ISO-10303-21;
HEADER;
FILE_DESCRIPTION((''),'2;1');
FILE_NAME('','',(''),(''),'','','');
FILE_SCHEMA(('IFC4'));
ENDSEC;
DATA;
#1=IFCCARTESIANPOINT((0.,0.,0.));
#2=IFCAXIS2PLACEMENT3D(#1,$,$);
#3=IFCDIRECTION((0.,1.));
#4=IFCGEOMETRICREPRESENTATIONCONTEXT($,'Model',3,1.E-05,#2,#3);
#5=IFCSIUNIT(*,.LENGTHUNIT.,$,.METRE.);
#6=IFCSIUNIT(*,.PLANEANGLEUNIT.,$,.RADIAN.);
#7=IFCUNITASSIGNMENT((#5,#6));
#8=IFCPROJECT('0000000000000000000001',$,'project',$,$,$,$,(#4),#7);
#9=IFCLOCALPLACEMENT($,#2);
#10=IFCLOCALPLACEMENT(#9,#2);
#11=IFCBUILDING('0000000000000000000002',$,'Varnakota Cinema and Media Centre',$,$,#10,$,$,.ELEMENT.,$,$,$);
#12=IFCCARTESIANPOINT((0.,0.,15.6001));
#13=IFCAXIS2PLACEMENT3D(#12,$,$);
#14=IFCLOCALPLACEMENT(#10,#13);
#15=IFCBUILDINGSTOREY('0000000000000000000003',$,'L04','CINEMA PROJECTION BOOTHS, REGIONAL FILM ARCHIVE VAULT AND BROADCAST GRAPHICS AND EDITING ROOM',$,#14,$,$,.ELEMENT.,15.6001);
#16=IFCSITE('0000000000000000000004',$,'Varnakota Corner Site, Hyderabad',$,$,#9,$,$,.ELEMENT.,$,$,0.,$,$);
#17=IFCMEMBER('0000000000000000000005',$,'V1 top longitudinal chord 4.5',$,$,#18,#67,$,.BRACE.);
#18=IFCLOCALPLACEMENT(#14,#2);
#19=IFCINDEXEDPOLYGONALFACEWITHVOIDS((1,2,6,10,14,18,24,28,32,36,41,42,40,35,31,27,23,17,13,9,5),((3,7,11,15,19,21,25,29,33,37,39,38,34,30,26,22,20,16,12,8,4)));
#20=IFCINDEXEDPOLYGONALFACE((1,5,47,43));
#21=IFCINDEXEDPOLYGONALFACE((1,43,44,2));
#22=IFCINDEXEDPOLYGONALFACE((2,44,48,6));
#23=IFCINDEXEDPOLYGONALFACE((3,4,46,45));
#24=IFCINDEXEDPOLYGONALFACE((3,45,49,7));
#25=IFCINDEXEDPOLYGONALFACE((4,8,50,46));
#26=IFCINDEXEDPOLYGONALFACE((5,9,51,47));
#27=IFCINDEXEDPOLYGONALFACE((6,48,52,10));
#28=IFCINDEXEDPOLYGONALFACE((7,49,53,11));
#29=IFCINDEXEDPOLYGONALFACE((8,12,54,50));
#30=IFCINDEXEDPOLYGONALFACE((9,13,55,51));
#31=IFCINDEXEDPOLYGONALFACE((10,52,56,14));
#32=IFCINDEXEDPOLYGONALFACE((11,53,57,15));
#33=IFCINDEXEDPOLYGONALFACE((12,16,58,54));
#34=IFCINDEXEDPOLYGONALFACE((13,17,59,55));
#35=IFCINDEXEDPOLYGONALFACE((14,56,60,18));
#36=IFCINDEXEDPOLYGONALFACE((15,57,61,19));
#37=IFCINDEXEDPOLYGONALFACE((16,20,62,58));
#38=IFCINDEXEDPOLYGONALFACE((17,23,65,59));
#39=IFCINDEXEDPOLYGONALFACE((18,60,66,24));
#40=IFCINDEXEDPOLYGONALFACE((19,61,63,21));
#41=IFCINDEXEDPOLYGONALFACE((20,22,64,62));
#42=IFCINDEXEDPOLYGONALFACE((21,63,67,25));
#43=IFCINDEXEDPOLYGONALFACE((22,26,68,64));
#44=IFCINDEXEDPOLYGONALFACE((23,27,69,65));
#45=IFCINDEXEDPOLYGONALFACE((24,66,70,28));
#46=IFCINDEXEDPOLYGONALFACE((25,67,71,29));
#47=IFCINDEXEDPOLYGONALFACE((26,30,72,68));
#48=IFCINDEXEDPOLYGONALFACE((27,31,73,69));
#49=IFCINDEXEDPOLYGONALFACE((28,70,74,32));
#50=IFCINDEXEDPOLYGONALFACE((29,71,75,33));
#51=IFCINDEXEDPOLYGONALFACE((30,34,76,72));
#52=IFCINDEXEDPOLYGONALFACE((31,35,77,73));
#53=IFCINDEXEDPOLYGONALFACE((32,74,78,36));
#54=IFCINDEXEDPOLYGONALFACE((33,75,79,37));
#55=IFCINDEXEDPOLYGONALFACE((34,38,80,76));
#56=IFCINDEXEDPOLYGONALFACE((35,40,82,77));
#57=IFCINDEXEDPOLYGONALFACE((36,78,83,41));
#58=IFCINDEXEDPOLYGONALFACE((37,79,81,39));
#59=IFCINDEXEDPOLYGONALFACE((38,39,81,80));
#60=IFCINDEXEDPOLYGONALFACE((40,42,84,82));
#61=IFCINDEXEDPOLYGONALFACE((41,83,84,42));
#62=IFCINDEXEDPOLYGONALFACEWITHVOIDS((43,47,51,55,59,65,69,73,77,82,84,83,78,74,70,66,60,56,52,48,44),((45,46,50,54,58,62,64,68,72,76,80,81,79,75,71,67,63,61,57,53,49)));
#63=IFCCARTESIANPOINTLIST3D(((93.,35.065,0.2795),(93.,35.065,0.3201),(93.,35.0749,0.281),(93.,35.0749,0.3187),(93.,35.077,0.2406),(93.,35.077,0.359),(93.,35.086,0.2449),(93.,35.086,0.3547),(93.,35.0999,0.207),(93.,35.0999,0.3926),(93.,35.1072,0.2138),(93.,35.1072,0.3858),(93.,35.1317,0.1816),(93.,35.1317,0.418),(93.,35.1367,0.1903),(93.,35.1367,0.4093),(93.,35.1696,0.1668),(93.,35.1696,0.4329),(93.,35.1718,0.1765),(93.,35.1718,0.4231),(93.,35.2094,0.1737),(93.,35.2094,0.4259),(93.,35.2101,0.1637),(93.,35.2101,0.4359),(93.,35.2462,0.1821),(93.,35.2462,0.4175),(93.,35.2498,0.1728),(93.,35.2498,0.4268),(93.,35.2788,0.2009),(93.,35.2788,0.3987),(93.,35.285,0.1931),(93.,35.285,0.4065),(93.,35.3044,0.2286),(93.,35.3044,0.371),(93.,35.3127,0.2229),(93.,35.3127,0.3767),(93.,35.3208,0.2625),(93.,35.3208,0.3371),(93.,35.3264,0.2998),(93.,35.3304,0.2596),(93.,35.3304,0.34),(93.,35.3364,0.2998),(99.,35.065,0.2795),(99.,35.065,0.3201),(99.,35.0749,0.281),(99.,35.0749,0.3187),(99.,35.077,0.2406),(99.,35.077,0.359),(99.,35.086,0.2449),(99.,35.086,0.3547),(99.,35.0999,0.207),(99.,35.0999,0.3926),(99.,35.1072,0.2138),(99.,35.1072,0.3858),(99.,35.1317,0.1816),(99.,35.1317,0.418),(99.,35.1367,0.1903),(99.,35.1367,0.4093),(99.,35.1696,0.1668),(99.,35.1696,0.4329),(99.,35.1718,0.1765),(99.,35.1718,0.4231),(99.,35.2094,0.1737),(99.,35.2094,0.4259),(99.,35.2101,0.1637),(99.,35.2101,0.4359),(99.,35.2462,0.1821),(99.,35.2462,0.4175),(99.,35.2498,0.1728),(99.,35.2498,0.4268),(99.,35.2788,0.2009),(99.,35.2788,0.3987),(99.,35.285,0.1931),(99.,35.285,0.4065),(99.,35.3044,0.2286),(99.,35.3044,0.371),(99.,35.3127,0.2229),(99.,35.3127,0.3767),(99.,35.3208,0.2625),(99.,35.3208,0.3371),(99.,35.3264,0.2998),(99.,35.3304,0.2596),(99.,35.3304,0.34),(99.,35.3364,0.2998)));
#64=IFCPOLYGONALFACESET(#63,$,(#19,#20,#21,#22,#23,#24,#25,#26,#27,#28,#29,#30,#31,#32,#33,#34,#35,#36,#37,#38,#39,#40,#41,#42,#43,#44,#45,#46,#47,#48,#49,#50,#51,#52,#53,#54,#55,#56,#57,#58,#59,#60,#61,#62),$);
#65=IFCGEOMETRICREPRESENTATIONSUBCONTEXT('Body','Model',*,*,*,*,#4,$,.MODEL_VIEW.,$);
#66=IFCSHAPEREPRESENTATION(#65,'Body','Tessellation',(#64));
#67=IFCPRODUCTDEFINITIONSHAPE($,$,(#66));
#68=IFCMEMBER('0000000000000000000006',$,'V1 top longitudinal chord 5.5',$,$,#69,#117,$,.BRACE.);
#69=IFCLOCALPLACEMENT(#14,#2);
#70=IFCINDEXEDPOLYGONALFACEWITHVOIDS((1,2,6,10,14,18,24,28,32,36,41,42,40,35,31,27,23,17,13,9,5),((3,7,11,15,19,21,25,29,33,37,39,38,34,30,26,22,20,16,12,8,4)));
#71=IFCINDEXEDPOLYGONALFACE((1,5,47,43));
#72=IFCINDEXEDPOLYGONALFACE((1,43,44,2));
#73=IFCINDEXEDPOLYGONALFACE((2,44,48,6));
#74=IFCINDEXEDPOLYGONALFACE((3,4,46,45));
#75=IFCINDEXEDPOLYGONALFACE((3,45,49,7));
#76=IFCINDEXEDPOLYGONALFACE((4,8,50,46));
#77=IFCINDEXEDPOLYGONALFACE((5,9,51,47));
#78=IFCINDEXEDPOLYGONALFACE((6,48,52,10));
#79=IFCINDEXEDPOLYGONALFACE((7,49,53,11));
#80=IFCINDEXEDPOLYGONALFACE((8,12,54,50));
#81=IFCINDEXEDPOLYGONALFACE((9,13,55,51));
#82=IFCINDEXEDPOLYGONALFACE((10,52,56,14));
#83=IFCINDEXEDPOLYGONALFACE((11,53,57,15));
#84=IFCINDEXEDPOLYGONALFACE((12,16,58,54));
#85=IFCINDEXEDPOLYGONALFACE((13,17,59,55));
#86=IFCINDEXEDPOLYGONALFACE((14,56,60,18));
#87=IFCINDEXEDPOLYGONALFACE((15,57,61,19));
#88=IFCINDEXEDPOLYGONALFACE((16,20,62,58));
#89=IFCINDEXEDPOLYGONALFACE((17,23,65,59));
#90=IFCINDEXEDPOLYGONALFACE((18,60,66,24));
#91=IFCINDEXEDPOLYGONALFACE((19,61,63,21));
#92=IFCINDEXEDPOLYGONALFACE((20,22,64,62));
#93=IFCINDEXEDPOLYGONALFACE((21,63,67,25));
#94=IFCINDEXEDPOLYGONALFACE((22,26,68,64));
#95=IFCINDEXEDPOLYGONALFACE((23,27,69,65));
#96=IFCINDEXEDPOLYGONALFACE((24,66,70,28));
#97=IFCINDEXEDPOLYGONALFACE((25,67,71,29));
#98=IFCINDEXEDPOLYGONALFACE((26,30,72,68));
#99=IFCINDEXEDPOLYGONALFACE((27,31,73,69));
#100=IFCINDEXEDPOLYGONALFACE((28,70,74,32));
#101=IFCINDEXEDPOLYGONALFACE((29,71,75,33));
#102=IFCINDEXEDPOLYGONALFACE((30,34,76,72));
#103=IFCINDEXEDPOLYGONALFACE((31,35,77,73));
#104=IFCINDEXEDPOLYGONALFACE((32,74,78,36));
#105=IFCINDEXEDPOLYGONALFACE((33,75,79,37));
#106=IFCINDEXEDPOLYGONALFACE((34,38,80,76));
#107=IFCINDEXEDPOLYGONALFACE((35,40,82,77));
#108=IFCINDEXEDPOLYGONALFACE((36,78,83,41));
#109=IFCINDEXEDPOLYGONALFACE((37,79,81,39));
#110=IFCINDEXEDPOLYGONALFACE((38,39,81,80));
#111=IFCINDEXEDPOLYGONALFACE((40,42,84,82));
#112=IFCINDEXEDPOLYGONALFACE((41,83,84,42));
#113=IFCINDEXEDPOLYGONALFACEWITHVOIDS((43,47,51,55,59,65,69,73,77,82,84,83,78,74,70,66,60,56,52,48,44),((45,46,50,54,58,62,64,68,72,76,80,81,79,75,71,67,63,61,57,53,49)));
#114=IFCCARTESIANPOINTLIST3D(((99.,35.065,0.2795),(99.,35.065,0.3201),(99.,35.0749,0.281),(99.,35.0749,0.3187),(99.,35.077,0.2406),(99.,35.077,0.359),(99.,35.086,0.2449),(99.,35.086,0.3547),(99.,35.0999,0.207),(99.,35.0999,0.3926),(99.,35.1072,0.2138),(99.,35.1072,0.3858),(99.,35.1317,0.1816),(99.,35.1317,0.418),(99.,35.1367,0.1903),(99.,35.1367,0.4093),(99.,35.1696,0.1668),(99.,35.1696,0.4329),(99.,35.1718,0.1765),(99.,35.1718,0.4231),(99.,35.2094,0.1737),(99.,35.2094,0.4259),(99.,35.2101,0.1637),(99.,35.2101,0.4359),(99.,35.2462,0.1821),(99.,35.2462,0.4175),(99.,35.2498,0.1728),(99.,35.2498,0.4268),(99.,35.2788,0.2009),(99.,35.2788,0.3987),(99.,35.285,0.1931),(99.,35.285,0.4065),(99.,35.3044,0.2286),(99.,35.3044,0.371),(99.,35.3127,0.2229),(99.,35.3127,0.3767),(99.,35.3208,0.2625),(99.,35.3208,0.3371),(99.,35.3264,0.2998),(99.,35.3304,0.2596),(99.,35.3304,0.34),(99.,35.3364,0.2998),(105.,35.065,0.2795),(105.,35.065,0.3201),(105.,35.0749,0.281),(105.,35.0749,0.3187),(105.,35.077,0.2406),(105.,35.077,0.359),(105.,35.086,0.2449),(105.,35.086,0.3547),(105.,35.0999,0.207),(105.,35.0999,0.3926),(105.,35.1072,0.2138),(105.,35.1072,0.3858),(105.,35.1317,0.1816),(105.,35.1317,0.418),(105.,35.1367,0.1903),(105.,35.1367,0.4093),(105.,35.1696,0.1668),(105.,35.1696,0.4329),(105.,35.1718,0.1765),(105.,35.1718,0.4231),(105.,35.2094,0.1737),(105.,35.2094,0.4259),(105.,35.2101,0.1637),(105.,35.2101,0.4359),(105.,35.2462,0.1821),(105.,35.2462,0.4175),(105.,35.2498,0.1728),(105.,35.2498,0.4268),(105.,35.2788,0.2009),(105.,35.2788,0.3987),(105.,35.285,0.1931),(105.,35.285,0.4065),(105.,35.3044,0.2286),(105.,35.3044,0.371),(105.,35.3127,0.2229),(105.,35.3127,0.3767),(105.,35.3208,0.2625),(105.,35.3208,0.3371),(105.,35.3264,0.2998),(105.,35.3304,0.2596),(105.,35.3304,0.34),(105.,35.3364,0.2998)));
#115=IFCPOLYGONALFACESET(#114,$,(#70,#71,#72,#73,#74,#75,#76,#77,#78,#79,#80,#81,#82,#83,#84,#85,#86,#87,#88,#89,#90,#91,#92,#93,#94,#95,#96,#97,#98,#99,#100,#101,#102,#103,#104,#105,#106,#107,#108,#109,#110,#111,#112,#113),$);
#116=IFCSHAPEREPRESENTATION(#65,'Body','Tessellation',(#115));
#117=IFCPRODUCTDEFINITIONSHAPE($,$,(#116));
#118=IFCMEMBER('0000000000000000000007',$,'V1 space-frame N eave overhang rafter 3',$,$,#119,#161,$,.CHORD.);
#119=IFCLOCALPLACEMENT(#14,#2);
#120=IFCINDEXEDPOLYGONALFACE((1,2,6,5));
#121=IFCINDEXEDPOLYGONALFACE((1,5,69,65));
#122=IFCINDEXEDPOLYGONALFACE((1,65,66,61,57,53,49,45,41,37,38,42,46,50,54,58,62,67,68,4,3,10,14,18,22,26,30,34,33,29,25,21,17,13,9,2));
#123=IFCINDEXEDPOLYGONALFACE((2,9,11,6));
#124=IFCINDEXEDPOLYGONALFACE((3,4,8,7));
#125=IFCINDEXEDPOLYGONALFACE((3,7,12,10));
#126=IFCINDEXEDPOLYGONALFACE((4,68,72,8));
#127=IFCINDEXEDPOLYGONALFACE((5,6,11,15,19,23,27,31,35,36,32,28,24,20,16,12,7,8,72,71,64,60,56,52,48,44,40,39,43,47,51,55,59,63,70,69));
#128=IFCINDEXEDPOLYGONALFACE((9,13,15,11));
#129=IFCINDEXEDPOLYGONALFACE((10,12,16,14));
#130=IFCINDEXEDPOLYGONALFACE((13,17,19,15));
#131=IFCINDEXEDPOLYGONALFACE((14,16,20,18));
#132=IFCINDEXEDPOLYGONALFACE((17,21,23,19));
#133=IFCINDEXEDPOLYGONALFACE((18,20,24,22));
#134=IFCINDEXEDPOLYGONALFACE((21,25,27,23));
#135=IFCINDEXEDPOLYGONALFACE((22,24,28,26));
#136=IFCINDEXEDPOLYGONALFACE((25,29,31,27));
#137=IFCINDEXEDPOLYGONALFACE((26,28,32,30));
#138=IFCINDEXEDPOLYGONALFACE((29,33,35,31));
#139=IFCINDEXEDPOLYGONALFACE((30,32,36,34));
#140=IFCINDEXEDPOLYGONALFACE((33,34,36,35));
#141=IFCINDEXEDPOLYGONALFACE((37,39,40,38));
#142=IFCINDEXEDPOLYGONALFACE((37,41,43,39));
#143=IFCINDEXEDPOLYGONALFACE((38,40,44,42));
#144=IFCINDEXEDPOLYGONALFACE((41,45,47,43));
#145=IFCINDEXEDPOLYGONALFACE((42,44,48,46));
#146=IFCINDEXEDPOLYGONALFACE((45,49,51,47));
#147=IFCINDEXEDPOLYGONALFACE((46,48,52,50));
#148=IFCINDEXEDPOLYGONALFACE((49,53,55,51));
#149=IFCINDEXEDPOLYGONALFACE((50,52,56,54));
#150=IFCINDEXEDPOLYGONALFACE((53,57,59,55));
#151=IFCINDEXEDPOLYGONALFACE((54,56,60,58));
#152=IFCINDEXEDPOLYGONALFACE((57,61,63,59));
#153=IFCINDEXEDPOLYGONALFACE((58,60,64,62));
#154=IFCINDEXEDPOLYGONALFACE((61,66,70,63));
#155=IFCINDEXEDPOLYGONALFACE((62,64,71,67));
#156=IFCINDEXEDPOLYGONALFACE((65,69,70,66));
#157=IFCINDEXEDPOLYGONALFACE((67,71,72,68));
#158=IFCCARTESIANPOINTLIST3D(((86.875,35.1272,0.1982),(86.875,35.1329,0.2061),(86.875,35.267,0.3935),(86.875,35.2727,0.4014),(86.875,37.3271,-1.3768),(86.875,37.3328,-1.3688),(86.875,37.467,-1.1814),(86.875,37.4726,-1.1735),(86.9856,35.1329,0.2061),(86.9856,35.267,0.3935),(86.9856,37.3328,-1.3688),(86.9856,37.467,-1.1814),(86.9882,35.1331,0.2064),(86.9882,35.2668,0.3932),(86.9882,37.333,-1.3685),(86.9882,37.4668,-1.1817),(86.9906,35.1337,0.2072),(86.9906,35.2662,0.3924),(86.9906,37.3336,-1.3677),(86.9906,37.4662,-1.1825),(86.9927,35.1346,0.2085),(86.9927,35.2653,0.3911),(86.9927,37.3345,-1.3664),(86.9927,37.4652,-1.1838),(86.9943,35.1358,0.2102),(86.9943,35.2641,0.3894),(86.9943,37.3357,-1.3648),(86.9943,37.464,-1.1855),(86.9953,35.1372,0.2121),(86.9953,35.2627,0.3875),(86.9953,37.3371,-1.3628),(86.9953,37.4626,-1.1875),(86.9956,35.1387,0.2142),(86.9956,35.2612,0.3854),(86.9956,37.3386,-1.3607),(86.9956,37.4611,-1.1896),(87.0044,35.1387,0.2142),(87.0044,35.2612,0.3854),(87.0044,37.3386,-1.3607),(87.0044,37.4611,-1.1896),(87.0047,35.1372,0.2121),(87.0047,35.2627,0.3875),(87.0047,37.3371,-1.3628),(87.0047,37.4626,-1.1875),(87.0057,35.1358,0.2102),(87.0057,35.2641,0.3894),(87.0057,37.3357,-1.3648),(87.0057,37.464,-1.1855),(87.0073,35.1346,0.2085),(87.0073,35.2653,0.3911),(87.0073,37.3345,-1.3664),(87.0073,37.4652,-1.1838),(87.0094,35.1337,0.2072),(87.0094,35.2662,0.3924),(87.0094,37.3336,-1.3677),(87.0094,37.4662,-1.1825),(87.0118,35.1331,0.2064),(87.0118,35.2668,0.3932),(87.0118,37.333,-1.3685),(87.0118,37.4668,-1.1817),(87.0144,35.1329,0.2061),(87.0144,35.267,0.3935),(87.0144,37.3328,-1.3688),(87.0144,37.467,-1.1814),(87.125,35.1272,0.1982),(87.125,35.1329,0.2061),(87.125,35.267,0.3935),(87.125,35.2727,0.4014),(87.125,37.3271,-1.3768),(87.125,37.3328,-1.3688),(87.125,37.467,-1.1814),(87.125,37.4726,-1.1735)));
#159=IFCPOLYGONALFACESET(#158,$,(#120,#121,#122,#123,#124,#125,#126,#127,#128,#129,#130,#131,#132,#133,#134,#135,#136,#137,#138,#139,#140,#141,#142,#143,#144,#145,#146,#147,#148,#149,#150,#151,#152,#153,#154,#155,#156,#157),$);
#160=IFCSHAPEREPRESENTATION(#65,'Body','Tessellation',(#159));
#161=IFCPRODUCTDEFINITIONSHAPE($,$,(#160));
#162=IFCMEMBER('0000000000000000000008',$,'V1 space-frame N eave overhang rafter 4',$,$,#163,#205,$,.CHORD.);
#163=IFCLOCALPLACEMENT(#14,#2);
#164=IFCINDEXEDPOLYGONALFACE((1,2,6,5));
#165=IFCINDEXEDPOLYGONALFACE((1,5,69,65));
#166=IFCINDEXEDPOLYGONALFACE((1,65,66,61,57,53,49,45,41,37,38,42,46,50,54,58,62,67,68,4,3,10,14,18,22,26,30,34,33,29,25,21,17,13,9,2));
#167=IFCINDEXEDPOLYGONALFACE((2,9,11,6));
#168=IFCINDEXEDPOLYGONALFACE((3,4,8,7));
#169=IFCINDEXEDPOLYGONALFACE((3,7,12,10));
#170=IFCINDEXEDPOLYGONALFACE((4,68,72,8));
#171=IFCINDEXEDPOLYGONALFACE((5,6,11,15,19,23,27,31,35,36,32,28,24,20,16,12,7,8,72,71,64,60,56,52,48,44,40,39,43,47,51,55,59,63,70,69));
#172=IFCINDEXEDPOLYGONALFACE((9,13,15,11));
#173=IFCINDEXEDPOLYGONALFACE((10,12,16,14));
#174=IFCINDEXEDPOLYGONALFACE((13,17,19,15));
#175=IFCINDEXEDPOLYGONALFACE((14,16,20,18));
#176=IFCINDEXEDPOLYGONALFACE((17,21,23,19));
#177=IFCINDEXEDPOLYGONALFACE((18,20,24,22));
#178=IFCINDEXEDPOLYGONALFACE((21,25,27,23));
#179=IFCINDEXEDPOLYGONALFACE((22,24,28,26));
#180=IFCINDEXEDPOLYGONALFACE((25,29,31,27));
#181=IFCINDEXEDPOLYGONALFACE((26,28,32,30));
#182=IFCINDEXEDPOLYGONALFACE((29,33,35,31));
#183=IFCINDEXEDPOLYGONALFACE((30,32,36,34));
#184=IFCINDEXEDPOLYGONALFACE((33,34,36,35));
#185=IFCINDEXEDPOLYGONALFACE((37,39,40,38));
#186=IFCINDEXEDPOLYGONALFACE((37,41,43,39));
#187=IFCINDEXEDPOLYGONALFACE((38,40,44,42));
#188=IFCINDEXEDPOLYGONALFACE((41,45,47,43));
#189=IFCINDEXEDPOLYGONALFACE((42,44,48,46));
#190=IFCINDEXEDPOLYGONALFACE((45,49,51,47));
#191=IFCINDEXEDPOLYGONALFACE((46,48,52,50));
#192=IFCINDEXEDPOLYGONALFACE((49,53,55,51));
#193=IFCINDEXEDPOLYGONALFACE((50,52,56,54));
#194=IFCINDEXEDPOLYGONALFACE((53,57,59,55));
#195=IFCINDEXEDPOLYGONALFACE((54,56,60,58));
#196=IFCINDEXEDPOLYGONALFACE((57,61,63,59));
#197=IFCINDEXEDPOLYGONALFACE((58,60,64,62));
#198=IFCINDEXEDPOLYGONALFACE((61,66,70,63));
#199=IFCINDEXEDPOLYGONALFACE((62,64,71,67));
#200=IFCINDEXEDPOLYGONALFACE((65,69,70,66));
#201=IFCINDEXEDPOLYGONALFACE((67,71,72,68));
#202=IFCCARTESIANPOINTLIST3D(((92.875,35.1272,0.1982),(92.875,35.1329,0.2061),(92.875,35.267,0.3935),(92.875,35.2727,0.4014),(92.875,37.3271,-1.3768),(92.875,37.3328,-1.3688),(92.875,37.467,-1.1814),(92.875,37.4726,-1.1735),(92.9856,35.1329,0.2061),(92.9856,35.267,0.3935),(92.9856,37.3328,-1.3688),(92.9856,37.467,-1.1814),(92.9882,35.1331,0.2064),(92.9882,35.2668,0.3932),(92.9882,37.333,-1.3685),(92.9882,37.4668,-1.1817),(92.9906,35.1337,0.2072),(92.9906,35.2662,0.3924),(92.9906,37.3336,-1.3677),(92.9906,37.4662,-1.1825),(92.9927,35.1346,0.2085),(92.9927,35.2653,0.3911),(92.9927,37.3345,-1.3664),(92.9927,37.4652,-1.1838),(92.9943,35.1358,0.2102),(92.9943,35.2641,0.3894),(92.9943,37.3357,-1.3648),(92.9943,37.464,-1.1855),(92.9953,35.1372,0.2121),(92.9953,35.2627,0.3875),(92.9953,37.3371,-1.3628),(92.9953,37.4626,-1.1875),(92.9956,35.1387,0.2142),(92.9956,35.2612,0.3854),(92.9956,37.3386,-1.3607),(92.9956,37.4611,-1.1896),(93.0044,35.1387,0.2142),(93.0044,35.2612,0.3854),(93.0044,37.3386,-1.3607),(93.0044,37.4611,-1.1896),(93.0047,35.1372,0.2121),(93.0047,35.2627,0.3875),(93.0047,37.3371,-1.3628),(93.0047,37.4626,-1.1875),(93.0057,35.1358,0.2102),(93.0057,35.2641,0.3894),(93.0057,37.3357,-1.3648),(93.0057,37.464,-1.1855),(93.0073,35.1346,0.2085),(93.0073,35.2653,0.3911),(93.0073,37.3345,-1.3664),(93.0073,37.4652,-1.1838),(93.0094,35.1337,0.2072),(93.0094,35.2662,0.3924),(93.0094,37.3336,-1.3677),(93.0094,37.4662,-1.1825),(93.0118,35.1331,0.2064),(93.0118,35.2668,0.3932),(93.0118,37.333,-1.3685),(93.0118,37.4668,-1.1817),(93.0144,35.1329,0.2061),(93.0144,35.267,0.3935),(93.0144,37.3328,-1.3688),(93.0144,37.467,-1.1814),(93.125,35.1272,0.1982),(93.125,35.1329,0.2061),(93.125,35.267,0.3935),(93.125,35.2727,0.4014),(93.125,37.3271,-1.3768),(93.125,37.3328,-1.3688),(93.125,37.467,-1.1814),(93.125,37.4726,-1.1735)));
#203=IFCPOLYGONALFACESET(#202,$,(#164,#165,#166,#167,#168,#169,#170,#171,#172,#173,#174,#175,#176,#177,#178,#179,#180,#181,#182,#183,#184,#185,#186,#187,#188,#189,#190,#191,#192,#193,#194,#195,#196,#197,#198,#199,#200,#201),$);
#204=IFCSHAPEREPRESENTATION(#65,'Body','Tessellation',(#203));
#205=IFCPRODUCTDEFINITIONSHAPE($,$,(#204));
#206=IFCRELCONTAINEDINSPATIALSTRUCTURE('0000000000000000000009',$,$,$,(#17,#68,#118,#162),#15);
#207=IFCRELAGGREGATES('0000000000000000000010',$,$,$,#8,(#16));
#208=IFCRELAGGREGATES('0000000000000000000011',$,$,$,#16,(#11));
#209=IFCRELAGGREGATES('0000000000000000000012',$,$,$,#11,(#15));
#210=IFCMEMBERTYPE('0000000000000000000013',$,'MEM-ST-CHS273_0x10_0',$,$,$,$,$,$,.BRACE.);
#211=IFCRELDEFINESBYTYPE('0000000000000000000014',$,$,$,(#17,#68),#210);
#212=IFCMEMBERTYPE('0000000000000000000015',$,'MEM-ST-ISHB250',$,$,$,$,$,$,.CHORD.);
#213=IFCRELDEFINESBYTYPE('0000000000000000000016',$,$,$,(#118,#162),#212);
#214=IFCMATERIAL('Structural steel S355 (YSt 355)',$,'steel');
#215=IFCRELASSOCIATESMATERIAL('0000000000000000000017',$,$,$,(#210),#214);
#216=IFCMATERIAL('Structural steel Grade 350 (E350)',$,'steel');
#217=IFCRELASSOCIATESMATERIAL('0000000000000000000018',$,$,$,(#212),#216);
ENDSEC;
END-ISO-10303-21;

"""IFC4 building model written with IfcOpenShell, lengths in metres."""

from ifc_helpers import new_model, si_unit, direction, frame, origin, origin_2d, place, context, subcontext, project, spatial, hollow_circle, i_section, extrude, material, material_profile, profile_set, type_object, element, save


model = new_model("IFC4")

# Units and contexts
model_context = context("Model", 3, precision=1e-05, world=origin(), true_north=direction((0.0, 1.0)))
body_context = subcontext(model_context, "Body", "Model", "MODEL_VIEW")
ifc_project = project(units=[si_unit("LENGTHUNIT", "METRE"), si_unit("PLANEANGLEUNIT", "RADIAN")], contexts=[model_context])

# Site, building, storey
site_placement = place(None, origin())
site = spatial("IfcSite", under=ifc_project, at=site_placement, Name="Varnakota Corner Site, Hyderabad", CompositionType="ELEMENT", RefElevation=0.0)
building_placement = place(site_placement, origin())
building = spatial("IfcBuilding", under=site, at=building_placement, Name="Varnakota Cinema and Media Centre", CompositionType="ELEMENT")
storey_placement = place(building_placement, frame((0.0, 0.0, 15.6001)))
storey = spatial("IfcBuildingStorey", under=building, at=storey_placement, Name="L04", Description="CINEMA PROJECTION BOOTHS, REGIONAL FILM ARCHIVE VAULT AND BROADCAST GRAPHICS AND EDITING ROOM", CompositionType="ELEMENT", Elevation=15.6001)

# Members
ifc_material_1 = material(Name="Structural steel S355 (YSt 355)", Category="steel")
ifc_material_profile_1 = material_profile(ifc_material_1, hollow_circle(Radius=0.1365, WallThickness=0.01, at=origin_2d()), Name="CHS 273.0x10.0")
ifc_profile_set_1 = profile_set([ifc_material_profile_1], Name="Structural steel S355 (YSt 355)")
member_type_1 = type_object("IfcMemberType", Name="MEM-ST-CHS273_0x10_0", PredefinedType="BRACE", material=ifc_profile_set_1)
for number, where, z_axis, x_axis, name in (
    (1, (93.0, 35.2, 0.2998), (1.0, 0.0, 0.0), (0.0, 1.0, 0.0), "V1 top longitudinal chord 4.5"),
    (2, (99.0, 35.2, 0.2998), (1.0, 0.0, 0.0), (0.0, 1.0, 0.0), "V1 top longitudinal chord 5.5"),
):
    element("IfcMember", number, at=place(storey_placement, frame(where, z_axis=z_axis, x_axis=x_axis)), inside=storey, type_object=member_type_1, Name=name, PredefinedType="BRACE", context=body_context, shape_type="SweptSolid", body=[
        extrude(hollow_circle(Radius=0.1365, WallThickness=0.01, at=origin_2d()), origin(), (0.0, 0.0, 1.0), 6.0),
    ])
ifc_material_2 = material(Name="Structural steel Grade 350 (E350)", Category="steel")
ifc_material_profile_2 = material_profile(ifc_material_2, i_section(OverallWidth=0.25, OverallDepth=0.25, WebThickness=0.0088, FlangeThickness=0.0098, FilletRadius=0.01, at=origin_2d()), Name="ISHB 250")
ifc_profile_set_2 = profile_set([ifc_material_profile_2], Name="Structural steel Grade 350 (E350)")
member_type_2 = type_object("IfcMemberType", Name="MEM-ST-ISHB250", PredefinedType="CHORD", material=ifc_profile_set_2)
for number, where, z_axis, x_axis, name in (
    (3, (87.0, 35.2, 0.2998), (0.0, 0.813111, -0.582109), (-1.0, 0.0, 0.0), "V1 space-frame N eave overhang rafter 3"),
    (4, (93.0, 35.2, 0.2998), (0.0, 0.813111, -0.582109), (-1.0, 0.0, 0.0), "V1 space-frame N eave overhang rafter 4"),
):
    element("IfcMember", number, at=place(storey_placement, frame(where, z_axis=z_axis, x_axis=x_axis)), inside=storey, type_object=member_type_2, Name=name, PredefinedType="CHORD", context=body_context, shape_type="SweptSolid", body=[
        extrude(i_section(OverallWidth=0.25, OverallDepth=0.25, WebThickness=0.0088, FlangeThickness=0.0098, FilletRadius=0.01, at=origin_2d()), origin(), (0.0, 0.0, 1.0), 2.7056),
    ])

save(model, "model.ifc")
